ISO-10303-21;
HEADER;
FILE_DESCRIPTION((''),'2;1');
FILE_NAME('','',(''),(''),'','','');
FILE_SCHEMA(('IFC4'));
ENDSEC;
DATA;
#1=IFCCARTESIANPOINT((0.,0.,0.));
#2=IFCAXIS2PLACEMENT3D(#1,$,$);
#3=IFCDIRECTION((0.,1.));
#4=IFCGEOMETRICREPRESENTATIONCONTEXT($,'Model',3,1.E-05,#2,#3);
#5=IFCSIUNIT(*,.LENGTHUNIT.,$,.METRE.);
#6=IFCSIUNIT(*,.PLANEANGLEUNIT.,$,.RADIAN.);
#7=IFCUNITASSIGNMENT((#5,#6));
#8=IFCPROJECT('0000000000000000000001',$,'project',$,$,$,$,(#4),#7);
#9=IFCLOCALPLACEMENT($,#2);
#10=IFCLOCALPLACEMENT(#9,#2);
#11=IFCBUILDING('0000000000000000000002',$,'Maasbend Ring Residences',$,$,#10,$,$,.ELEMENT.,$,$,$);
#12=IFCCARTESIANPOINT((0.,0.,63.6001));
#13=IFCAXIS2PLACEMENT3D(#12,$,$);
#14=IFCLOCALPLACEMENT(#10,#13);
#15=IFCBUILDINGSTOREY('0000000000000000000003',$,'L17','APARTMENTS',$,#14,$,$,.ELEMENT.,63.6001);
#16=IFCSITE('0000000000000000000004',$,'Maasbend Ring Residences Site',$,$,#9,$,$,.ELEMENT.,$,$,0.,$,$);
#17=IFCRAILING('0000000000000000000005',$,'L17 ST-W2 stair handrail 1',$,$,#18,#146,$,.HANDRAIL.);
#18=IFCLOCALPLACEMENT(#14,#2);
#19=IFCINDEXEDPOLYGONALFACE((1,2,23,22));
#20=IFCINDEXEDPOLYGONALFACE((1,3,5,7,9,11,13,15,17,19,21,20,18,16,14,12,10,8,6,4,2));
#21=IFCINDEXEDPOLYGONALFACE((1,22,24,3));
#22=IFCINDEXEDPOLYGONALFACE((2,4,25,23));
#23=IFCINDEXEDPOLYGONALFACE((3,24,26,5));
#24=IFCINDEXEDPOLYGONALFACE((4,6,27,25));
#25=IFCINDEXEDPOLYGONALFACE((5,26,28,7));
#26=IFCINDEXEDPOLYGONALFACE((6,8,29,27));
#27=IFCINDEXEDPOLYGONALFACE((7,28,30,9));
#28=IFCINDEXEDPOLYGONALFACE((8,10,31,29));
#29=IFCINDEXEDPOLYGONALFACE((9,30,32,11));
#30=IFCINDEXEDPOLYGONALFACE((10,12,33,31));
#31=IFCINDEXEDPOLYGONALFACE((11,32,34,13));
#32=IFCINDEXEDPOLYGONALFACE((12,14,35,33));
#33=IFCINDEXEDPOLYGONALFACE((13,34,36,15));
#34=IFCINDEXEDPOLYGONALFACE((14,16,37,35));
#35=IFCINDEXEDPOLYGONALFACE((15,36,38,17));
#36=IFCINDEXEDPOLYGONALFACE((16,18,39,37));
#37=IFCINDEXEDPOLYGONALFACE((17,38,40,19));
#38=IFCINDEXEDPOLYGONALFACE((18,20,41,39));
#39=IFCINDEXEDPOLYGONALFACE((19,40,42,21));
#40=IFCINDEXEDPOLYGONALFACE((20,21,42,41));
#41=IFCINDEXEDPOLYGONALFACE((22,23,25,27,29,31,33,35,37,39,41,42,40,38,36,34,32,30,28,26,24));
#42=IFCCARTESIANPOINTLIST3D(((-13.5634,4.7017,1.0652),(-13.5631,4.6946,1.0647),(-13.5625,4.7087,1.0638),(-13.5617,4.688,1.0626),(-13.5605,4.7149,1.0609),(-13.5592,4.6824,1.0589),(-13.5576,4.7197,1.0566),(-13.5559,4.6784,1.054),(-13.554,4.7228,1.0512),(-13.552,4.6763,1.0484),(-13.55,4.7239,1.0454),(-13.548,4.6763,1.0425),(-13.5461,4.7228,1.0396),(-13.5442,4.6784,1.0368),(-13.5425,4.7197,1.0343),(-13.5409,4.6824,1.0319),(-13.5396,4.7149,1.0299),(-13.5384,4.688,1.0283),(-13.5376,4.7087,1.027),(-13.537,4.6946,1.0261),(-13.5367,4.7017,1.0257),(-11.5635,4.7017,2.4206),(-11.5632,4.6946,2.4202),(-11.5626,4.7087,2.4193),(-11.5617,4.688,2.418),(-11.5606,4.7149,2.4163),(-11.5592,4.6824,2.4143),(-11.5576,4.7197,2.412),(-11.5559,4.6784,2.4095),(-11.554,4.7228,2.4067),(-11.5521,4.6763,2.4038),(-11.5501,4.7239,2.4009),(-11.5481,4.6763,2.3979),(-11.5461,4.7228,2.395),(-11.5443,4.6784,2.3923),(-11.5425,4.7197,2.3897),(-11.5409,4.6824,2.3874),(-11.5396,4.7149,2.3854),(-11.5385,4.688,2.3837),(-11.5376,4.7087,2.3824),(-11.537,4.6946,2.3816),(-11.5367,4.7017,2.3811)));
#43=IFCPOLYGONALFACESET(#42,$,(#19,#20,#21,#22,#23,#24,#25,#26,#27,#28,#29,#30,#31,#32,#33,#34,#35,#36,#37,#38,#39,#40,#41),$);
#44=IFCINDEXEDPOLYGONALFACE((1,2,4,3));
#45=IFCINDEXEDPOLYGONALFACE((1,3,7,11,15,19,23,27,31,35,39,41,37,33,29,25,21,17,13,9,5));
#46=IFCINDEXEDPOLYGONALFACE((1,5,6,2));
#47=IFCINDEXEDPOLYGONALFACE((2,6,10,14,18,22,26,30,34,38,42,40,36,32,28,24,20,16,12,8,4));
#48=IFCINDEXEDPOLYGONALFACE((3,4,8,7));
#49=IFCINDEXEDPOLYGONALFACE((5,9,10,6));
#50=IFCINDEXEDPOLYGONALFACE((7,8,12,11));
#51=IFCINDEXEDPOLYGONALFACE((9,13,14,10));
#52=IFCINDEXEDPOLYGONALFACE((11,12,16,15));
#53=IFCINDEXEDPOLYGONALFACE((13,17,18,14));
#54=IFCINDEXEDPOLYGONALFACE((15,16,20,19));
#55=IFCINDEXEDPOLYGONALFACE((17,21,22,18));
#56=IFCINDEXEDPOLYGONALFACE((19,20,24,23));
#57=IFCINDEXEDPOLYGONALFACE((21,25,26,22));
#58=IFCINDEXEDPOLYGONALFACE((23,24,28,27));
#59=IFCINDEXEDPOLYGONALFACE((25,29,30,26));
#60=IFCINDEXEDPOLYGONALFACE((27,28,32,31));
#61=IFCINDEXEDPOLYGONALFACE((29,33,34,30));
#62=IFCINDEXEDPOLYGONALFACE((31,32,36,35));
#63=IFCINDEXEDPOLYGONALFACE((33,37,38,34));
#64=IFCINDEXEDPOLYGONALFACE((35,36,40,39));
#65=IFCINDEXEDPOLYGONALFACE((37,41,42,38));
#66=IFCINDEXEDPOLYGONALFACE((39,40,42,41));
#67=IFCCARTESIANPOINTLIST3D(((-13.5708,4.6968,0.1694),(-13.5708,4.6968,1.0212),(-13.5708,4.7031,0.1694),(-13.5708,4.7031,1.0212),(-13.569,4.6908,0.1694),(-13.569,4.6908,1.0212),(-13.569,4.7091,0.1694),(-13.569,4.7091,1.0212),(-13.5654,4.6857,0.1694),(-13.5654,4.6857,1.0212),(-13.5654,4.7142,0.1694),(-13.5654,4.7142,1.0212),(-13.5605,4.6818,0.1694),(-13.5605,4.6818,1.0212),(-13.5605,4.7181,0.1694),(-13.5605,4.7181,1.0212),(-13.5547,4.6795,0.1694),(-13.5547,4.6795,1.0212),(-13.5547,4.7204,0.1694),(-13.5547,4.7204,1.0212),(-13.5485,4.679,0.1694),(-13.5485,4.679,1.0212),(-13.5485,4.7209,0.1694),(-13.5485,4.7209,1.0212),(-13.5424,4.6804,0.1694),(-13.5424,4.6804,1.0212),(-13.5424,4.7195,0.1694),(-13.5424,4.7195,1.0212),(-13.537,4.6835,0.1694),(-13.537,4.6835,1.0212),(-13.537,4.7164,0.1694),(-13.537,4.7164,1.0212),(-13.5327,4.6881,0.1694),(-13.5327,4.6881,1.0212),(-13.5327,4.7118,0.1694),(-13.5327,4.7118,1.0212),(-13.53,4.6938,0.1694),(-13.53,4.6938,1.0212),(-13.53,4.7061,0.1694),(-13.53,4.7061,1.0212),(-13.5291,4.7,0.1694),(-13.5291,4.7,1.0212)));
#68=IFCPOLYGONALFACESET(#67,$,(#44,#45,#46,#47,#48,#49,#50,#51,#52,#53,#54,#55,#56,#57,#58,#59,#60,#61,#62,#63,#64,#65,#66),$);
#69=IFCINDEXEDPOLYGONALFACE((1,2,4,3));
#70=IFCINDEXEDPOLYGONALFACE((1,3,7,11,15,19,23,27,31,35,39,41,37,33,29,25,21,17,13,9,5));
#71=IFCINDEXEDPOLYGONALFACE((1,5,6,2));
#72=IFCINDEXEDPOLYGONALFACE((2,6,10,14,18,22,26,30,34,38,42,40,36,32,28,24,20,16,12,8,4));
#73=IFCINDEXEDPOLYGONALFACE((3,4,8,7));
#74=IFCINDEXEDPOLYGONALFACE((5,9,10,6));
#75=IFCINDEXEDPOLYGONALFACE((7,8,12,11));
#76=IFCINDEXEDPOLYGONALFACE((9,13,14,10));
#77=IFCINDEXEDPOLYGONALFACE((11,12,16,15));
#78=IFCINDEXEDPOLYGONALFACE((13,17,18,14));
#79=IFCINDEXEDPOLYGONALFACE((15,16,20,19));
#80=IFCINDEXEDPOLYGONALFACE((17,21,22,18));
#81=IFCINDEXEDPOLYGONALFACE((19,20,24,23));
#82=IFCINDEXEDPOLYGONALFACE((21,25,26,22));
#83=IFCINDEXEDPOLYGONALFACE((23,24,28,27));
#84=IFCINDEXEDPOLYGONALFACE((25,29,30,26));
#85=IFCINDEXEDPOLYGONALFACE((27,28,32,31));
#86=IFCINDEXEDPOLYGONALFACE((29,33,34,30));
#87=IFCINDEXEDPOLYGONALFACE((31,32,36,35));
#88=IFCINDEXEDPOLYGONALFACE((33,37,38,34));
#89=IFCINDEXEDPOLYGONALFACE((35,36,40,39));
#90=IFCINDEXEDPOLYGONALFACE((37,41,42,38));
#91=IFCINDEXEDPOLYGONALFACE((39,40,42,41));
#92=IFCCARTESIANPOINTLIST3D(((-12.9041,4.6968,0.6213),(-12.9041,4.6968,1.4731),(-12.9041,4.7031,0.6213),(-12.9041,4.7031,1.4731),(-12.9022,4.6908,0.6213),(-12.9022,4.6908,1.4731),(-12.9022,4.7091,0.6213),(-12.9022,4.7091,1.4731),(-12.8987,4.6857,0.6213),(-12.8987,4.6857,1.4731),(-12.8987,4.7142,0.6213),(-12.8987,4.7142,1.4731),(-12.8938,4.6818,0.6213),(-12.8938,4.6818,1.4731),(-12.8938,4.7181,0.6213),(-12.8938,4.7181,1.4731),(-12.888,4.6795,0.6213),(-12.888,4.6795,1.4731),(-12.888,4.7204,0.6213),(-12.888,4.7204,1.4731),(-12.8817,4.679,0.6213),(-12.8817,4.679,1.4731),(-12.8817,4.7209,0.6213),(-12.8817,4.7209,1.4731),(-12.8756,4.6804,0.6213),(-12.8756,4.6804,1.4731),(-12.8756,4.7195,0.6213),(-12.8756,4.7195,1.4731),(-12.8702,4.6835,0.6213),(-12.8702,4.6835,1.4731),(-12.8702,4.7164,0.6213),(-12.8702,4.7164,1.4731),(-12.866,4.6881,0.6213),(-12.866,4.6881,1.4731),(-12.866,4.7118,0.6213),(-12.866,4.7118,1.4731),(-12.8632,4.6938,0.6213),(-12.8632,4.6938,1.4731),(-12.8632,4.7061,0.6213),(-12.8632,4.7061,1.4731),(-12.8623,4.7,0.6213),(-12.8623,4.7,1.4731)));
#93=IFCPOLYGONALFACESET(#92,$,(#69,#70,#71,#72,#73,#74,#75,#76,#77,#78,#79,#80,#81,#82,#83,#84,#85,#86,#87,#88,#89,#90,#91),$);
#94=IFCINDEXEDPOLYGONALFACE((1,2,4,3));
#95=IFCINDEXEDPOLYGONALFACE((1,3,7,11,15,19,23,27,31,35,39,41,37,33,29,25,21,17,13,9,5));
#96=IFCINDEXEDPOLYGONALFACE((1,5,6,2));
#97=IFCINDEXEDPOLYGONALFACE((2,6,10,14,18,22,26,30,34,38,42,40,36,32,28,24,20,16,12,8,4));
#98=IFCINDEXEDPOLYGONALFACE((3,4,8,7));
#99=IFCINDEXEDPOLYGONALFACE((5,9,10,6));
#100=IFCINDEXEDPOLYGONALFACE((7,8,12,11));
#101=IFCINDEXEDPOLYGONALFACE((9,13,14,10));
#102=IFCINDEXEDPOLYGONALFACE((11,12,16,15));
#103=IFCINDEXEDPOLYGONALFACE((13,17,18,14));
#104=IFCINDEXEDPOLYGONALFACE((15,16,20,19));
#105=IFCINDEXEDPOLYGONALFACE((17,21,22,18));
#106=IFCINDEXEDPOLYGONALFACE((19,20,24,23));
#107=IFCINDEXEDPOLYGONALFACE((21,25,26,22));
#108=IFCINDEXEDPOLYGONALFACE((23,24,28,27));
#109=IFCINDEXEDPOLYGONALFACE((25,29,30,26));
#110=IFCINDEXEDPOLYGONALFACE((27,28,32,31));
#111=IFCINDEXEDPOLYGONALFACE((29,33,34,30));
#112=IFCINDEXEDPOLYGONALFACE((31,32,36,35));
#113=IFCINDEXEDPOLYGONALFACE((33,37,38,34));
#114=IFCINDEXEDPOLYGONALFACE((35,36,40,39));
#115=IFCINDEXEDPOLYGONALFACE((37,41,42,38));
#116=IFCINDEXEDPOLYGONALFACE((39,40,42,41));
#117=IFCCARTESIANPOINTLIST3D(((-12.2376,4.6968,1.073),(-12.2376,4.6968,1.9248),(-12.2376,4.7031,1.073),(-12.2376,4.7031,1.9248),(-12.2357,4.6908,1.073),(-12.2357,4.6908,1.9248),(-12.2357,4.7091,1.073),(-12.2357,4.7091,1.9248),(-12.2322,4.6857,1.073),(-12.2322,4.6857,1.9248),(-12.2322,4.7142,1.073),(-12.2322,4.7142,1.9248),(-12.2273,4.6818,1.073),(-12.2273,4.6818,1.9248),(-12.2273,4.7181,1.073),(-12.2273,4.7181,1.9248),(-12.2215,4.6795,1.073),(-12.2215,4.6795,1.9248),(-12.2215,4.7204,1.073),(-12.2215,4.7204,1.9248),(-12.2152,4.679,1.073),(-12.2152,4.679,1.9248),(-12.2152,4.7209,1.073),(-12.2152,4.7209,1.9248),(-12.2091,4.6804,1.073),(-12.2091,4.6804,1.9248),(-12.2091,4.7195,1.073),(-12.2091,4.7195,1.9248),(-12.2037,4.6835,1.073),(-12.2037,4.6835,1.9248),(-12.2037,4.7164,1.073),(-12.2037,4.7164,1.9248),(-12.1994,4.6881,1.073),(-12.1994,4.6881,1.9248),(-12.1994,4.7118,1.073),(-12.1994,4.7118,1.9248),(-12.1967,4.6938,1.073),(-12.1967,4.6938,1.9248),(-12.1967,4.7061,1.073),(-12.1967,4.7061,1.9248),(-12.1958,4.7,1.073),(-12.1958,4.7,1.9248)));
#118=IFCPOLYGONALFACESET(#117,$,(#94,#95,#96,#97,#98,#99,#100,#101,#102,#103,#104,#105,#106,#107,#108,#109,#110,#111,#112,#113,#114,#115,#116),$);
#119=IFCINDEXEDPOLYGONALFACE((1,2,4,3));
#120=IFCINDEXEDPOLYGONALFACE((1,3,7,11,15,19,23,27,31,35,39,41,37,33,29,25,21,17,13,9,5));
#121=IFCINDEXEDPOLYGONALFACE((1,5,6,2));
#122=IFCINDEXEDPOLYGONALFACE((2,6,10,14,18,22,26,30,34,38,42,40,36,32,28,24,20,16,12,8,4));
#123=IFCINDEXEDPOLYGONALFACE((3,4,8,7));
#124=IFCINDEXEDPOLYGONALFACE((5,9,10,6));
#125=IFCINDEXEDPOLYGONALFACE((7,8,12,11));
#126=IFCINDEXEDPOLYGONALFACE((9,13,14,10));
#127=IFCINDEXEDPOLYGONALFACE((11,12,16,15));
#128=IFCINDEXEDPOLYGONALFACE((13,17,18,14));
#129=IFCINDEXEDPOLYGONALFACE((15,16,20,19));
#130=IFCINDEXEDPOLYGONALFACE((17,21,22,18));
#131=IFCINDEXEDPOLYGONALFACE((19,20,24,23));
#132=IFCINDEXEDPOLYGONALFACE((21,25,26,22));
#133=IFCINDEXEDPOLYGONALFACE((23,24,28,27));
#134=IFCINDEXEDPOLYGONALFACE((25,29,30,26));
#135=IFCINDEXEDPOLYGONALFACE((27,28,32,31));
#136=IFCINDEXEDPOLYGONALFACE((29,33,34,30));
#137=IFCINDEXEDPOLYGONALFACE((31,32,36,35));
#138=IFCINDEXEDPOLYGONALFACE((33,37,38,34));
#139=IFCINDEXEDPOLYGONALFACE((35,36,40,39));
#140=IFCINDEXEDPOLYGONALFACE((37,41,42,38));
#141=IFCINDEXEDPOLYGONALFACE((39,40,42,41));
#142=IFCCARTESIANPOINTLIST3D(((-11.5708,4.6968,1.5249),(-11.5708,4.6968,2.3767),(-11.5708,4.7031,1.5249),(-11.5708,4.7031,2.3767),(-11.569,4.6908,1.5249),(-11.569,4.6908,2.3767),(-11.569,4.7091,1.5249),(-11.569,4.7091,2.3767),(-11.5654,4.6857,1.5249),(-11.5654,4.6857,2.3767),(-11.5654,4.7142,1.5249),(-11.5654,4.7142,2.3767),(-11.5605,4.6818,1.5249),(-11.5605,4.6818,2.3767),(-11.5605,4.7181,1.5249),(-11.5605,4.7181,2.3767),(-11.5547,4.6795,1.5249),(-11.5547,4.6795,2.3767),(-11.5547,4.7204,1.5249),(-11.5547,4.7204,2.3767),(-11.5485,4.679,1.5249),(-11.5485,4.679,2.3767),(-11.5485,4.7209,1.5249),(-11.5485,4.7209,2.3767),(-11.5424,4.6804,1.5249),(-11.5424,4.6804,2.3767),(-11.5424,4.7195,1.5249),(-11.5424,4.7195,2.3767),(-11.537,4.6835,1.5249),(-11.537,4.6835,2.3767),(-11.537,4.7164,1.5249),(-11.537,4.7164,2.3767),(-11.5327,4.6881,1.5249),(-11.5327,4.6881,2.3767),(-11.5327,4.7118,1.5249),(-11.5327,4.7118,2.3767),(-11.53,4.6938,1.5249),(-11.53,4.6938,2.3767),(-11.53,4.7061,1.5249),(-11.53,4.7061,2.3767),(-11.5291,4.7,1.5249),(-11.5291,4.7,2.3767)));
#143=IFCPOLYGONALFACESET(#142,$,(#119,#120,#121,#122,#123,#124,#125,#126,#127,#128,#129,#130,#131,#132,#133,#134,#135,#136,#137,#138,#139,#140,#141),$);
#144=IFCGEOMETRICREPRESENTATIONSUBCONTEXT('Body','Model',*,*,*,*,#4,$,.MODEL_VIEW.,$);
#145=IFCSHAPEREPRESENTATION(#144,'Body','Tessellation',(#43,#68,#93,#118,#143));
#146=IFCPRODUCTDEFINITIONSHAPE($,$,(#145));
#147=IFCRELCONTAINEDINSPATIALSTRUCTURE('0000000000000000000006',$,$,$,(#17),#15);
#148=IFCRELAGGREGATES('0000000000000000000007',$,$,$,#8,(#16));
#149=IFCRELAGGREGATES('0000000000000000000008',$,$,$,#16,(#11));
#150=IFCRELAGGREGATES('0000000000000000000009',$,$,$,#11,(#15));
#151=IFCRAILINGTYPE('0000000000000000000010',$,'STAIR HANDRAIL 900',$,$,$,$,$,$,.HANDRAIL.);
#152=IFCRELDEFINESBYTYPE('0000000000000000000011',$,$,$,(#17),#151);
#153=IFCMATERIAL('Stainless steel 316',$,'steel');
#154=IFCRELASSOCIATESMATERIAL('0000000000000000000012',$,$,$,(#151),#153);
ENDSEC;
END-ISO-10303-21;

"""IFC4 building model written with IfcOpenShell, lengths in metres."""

from ifc_helpers import new_model, si_unit, direction, frame, origin, origin_2d, place, context, subcontext, project, spatial, circle, extrude, material, type_object, element, save


model = new_model("IFC4")

# Units and contexts
model_context = context("Model", 3, precision=1e-05, world=origin(), true_north=direction((0.0, 1.0)))
body_context = subcontext(model_context, "Body", "Model", "MODEL_VIEW")
ifc_project = project(units=[si_unit("LENGTHUNIT", "METRE"), si_unit("PLANEANGLEUNIT", "RADIAN")], contexts=[model_context])

# Site, building, storey
site_placement = place(None, origin())
site = spatial("IfcSite", under=ifc_project, at=site_placement, Name="Maasbend Ring Residences Site", CompositionType="ELEMENT", RefElevation=0.0)
building_placement = place(site_placement, origin())
building = spatial("IfcBuilding", under=site, at=building_placement, Name="Maasbend Ring Residences", CompositionType="ELEMENT")
storey_placement = place(building_placement, frame((0.0, 0.0, 63.6001)))
storey = spatial("IfcBuildingStorey", under=building, at=storey_placement, Name="L17", Description="APARTMENTS", CompositionType="ELEMENT", Elevation=63.6001)

# Railing
ifc_material_1 = material(Name="Stainless steel 316", Category="steel")
railing_type_1 = type_object("IfcRailingType", Name="STAIR HANDRAIL 900", PredefinedType="HANDRAIL", material=ifc_material_1)
railing_1_placement = place(storey_placement, frame((-13.55, 4.7, 0.1694)))
element("IfcRailing", 1, at=railing_1_placement, inside=storey, type_object=railing_type_1, Name="L17 ST-W2 stair handrail 1", PredefinedType="HANDRAIL", context=body_context, shape_type="SweptSolid", body=[
    extrude(circle(Radius=0.0239, at=origin_2d()), frame((0.0, 0.0, 0.876), z_axis=(0.827798, 0.0, 0.561027), x_axis=(0.0, 1.0, 0.0)), (0.0, 0.0, 1.0), 2.416),
    extrude(circle(Radius=0.021, at=origin_2d()), origin(), (0.0, 0.0, 1.0), 0.8518),
    extrude(circle(Radius=0.021, at=origin_2d()), frame((0.6667, 0.0, 0.4519)), (0.0, 0.0, 1.0), 0.8518),
    extrude(circle(Radius=0.021, at=origin_2d()), frame((1.3333, 0.0, 0.9036)), (0.0, 0.0, 1.0), 0.8518),
    extrude(circle(Radius=0.021, at=origin_2d()), frame((2.0, 0.0, 1.3555)), (0.0, 0.0, 1.0), 0.8518),
])

save(model, "model.ifc")
